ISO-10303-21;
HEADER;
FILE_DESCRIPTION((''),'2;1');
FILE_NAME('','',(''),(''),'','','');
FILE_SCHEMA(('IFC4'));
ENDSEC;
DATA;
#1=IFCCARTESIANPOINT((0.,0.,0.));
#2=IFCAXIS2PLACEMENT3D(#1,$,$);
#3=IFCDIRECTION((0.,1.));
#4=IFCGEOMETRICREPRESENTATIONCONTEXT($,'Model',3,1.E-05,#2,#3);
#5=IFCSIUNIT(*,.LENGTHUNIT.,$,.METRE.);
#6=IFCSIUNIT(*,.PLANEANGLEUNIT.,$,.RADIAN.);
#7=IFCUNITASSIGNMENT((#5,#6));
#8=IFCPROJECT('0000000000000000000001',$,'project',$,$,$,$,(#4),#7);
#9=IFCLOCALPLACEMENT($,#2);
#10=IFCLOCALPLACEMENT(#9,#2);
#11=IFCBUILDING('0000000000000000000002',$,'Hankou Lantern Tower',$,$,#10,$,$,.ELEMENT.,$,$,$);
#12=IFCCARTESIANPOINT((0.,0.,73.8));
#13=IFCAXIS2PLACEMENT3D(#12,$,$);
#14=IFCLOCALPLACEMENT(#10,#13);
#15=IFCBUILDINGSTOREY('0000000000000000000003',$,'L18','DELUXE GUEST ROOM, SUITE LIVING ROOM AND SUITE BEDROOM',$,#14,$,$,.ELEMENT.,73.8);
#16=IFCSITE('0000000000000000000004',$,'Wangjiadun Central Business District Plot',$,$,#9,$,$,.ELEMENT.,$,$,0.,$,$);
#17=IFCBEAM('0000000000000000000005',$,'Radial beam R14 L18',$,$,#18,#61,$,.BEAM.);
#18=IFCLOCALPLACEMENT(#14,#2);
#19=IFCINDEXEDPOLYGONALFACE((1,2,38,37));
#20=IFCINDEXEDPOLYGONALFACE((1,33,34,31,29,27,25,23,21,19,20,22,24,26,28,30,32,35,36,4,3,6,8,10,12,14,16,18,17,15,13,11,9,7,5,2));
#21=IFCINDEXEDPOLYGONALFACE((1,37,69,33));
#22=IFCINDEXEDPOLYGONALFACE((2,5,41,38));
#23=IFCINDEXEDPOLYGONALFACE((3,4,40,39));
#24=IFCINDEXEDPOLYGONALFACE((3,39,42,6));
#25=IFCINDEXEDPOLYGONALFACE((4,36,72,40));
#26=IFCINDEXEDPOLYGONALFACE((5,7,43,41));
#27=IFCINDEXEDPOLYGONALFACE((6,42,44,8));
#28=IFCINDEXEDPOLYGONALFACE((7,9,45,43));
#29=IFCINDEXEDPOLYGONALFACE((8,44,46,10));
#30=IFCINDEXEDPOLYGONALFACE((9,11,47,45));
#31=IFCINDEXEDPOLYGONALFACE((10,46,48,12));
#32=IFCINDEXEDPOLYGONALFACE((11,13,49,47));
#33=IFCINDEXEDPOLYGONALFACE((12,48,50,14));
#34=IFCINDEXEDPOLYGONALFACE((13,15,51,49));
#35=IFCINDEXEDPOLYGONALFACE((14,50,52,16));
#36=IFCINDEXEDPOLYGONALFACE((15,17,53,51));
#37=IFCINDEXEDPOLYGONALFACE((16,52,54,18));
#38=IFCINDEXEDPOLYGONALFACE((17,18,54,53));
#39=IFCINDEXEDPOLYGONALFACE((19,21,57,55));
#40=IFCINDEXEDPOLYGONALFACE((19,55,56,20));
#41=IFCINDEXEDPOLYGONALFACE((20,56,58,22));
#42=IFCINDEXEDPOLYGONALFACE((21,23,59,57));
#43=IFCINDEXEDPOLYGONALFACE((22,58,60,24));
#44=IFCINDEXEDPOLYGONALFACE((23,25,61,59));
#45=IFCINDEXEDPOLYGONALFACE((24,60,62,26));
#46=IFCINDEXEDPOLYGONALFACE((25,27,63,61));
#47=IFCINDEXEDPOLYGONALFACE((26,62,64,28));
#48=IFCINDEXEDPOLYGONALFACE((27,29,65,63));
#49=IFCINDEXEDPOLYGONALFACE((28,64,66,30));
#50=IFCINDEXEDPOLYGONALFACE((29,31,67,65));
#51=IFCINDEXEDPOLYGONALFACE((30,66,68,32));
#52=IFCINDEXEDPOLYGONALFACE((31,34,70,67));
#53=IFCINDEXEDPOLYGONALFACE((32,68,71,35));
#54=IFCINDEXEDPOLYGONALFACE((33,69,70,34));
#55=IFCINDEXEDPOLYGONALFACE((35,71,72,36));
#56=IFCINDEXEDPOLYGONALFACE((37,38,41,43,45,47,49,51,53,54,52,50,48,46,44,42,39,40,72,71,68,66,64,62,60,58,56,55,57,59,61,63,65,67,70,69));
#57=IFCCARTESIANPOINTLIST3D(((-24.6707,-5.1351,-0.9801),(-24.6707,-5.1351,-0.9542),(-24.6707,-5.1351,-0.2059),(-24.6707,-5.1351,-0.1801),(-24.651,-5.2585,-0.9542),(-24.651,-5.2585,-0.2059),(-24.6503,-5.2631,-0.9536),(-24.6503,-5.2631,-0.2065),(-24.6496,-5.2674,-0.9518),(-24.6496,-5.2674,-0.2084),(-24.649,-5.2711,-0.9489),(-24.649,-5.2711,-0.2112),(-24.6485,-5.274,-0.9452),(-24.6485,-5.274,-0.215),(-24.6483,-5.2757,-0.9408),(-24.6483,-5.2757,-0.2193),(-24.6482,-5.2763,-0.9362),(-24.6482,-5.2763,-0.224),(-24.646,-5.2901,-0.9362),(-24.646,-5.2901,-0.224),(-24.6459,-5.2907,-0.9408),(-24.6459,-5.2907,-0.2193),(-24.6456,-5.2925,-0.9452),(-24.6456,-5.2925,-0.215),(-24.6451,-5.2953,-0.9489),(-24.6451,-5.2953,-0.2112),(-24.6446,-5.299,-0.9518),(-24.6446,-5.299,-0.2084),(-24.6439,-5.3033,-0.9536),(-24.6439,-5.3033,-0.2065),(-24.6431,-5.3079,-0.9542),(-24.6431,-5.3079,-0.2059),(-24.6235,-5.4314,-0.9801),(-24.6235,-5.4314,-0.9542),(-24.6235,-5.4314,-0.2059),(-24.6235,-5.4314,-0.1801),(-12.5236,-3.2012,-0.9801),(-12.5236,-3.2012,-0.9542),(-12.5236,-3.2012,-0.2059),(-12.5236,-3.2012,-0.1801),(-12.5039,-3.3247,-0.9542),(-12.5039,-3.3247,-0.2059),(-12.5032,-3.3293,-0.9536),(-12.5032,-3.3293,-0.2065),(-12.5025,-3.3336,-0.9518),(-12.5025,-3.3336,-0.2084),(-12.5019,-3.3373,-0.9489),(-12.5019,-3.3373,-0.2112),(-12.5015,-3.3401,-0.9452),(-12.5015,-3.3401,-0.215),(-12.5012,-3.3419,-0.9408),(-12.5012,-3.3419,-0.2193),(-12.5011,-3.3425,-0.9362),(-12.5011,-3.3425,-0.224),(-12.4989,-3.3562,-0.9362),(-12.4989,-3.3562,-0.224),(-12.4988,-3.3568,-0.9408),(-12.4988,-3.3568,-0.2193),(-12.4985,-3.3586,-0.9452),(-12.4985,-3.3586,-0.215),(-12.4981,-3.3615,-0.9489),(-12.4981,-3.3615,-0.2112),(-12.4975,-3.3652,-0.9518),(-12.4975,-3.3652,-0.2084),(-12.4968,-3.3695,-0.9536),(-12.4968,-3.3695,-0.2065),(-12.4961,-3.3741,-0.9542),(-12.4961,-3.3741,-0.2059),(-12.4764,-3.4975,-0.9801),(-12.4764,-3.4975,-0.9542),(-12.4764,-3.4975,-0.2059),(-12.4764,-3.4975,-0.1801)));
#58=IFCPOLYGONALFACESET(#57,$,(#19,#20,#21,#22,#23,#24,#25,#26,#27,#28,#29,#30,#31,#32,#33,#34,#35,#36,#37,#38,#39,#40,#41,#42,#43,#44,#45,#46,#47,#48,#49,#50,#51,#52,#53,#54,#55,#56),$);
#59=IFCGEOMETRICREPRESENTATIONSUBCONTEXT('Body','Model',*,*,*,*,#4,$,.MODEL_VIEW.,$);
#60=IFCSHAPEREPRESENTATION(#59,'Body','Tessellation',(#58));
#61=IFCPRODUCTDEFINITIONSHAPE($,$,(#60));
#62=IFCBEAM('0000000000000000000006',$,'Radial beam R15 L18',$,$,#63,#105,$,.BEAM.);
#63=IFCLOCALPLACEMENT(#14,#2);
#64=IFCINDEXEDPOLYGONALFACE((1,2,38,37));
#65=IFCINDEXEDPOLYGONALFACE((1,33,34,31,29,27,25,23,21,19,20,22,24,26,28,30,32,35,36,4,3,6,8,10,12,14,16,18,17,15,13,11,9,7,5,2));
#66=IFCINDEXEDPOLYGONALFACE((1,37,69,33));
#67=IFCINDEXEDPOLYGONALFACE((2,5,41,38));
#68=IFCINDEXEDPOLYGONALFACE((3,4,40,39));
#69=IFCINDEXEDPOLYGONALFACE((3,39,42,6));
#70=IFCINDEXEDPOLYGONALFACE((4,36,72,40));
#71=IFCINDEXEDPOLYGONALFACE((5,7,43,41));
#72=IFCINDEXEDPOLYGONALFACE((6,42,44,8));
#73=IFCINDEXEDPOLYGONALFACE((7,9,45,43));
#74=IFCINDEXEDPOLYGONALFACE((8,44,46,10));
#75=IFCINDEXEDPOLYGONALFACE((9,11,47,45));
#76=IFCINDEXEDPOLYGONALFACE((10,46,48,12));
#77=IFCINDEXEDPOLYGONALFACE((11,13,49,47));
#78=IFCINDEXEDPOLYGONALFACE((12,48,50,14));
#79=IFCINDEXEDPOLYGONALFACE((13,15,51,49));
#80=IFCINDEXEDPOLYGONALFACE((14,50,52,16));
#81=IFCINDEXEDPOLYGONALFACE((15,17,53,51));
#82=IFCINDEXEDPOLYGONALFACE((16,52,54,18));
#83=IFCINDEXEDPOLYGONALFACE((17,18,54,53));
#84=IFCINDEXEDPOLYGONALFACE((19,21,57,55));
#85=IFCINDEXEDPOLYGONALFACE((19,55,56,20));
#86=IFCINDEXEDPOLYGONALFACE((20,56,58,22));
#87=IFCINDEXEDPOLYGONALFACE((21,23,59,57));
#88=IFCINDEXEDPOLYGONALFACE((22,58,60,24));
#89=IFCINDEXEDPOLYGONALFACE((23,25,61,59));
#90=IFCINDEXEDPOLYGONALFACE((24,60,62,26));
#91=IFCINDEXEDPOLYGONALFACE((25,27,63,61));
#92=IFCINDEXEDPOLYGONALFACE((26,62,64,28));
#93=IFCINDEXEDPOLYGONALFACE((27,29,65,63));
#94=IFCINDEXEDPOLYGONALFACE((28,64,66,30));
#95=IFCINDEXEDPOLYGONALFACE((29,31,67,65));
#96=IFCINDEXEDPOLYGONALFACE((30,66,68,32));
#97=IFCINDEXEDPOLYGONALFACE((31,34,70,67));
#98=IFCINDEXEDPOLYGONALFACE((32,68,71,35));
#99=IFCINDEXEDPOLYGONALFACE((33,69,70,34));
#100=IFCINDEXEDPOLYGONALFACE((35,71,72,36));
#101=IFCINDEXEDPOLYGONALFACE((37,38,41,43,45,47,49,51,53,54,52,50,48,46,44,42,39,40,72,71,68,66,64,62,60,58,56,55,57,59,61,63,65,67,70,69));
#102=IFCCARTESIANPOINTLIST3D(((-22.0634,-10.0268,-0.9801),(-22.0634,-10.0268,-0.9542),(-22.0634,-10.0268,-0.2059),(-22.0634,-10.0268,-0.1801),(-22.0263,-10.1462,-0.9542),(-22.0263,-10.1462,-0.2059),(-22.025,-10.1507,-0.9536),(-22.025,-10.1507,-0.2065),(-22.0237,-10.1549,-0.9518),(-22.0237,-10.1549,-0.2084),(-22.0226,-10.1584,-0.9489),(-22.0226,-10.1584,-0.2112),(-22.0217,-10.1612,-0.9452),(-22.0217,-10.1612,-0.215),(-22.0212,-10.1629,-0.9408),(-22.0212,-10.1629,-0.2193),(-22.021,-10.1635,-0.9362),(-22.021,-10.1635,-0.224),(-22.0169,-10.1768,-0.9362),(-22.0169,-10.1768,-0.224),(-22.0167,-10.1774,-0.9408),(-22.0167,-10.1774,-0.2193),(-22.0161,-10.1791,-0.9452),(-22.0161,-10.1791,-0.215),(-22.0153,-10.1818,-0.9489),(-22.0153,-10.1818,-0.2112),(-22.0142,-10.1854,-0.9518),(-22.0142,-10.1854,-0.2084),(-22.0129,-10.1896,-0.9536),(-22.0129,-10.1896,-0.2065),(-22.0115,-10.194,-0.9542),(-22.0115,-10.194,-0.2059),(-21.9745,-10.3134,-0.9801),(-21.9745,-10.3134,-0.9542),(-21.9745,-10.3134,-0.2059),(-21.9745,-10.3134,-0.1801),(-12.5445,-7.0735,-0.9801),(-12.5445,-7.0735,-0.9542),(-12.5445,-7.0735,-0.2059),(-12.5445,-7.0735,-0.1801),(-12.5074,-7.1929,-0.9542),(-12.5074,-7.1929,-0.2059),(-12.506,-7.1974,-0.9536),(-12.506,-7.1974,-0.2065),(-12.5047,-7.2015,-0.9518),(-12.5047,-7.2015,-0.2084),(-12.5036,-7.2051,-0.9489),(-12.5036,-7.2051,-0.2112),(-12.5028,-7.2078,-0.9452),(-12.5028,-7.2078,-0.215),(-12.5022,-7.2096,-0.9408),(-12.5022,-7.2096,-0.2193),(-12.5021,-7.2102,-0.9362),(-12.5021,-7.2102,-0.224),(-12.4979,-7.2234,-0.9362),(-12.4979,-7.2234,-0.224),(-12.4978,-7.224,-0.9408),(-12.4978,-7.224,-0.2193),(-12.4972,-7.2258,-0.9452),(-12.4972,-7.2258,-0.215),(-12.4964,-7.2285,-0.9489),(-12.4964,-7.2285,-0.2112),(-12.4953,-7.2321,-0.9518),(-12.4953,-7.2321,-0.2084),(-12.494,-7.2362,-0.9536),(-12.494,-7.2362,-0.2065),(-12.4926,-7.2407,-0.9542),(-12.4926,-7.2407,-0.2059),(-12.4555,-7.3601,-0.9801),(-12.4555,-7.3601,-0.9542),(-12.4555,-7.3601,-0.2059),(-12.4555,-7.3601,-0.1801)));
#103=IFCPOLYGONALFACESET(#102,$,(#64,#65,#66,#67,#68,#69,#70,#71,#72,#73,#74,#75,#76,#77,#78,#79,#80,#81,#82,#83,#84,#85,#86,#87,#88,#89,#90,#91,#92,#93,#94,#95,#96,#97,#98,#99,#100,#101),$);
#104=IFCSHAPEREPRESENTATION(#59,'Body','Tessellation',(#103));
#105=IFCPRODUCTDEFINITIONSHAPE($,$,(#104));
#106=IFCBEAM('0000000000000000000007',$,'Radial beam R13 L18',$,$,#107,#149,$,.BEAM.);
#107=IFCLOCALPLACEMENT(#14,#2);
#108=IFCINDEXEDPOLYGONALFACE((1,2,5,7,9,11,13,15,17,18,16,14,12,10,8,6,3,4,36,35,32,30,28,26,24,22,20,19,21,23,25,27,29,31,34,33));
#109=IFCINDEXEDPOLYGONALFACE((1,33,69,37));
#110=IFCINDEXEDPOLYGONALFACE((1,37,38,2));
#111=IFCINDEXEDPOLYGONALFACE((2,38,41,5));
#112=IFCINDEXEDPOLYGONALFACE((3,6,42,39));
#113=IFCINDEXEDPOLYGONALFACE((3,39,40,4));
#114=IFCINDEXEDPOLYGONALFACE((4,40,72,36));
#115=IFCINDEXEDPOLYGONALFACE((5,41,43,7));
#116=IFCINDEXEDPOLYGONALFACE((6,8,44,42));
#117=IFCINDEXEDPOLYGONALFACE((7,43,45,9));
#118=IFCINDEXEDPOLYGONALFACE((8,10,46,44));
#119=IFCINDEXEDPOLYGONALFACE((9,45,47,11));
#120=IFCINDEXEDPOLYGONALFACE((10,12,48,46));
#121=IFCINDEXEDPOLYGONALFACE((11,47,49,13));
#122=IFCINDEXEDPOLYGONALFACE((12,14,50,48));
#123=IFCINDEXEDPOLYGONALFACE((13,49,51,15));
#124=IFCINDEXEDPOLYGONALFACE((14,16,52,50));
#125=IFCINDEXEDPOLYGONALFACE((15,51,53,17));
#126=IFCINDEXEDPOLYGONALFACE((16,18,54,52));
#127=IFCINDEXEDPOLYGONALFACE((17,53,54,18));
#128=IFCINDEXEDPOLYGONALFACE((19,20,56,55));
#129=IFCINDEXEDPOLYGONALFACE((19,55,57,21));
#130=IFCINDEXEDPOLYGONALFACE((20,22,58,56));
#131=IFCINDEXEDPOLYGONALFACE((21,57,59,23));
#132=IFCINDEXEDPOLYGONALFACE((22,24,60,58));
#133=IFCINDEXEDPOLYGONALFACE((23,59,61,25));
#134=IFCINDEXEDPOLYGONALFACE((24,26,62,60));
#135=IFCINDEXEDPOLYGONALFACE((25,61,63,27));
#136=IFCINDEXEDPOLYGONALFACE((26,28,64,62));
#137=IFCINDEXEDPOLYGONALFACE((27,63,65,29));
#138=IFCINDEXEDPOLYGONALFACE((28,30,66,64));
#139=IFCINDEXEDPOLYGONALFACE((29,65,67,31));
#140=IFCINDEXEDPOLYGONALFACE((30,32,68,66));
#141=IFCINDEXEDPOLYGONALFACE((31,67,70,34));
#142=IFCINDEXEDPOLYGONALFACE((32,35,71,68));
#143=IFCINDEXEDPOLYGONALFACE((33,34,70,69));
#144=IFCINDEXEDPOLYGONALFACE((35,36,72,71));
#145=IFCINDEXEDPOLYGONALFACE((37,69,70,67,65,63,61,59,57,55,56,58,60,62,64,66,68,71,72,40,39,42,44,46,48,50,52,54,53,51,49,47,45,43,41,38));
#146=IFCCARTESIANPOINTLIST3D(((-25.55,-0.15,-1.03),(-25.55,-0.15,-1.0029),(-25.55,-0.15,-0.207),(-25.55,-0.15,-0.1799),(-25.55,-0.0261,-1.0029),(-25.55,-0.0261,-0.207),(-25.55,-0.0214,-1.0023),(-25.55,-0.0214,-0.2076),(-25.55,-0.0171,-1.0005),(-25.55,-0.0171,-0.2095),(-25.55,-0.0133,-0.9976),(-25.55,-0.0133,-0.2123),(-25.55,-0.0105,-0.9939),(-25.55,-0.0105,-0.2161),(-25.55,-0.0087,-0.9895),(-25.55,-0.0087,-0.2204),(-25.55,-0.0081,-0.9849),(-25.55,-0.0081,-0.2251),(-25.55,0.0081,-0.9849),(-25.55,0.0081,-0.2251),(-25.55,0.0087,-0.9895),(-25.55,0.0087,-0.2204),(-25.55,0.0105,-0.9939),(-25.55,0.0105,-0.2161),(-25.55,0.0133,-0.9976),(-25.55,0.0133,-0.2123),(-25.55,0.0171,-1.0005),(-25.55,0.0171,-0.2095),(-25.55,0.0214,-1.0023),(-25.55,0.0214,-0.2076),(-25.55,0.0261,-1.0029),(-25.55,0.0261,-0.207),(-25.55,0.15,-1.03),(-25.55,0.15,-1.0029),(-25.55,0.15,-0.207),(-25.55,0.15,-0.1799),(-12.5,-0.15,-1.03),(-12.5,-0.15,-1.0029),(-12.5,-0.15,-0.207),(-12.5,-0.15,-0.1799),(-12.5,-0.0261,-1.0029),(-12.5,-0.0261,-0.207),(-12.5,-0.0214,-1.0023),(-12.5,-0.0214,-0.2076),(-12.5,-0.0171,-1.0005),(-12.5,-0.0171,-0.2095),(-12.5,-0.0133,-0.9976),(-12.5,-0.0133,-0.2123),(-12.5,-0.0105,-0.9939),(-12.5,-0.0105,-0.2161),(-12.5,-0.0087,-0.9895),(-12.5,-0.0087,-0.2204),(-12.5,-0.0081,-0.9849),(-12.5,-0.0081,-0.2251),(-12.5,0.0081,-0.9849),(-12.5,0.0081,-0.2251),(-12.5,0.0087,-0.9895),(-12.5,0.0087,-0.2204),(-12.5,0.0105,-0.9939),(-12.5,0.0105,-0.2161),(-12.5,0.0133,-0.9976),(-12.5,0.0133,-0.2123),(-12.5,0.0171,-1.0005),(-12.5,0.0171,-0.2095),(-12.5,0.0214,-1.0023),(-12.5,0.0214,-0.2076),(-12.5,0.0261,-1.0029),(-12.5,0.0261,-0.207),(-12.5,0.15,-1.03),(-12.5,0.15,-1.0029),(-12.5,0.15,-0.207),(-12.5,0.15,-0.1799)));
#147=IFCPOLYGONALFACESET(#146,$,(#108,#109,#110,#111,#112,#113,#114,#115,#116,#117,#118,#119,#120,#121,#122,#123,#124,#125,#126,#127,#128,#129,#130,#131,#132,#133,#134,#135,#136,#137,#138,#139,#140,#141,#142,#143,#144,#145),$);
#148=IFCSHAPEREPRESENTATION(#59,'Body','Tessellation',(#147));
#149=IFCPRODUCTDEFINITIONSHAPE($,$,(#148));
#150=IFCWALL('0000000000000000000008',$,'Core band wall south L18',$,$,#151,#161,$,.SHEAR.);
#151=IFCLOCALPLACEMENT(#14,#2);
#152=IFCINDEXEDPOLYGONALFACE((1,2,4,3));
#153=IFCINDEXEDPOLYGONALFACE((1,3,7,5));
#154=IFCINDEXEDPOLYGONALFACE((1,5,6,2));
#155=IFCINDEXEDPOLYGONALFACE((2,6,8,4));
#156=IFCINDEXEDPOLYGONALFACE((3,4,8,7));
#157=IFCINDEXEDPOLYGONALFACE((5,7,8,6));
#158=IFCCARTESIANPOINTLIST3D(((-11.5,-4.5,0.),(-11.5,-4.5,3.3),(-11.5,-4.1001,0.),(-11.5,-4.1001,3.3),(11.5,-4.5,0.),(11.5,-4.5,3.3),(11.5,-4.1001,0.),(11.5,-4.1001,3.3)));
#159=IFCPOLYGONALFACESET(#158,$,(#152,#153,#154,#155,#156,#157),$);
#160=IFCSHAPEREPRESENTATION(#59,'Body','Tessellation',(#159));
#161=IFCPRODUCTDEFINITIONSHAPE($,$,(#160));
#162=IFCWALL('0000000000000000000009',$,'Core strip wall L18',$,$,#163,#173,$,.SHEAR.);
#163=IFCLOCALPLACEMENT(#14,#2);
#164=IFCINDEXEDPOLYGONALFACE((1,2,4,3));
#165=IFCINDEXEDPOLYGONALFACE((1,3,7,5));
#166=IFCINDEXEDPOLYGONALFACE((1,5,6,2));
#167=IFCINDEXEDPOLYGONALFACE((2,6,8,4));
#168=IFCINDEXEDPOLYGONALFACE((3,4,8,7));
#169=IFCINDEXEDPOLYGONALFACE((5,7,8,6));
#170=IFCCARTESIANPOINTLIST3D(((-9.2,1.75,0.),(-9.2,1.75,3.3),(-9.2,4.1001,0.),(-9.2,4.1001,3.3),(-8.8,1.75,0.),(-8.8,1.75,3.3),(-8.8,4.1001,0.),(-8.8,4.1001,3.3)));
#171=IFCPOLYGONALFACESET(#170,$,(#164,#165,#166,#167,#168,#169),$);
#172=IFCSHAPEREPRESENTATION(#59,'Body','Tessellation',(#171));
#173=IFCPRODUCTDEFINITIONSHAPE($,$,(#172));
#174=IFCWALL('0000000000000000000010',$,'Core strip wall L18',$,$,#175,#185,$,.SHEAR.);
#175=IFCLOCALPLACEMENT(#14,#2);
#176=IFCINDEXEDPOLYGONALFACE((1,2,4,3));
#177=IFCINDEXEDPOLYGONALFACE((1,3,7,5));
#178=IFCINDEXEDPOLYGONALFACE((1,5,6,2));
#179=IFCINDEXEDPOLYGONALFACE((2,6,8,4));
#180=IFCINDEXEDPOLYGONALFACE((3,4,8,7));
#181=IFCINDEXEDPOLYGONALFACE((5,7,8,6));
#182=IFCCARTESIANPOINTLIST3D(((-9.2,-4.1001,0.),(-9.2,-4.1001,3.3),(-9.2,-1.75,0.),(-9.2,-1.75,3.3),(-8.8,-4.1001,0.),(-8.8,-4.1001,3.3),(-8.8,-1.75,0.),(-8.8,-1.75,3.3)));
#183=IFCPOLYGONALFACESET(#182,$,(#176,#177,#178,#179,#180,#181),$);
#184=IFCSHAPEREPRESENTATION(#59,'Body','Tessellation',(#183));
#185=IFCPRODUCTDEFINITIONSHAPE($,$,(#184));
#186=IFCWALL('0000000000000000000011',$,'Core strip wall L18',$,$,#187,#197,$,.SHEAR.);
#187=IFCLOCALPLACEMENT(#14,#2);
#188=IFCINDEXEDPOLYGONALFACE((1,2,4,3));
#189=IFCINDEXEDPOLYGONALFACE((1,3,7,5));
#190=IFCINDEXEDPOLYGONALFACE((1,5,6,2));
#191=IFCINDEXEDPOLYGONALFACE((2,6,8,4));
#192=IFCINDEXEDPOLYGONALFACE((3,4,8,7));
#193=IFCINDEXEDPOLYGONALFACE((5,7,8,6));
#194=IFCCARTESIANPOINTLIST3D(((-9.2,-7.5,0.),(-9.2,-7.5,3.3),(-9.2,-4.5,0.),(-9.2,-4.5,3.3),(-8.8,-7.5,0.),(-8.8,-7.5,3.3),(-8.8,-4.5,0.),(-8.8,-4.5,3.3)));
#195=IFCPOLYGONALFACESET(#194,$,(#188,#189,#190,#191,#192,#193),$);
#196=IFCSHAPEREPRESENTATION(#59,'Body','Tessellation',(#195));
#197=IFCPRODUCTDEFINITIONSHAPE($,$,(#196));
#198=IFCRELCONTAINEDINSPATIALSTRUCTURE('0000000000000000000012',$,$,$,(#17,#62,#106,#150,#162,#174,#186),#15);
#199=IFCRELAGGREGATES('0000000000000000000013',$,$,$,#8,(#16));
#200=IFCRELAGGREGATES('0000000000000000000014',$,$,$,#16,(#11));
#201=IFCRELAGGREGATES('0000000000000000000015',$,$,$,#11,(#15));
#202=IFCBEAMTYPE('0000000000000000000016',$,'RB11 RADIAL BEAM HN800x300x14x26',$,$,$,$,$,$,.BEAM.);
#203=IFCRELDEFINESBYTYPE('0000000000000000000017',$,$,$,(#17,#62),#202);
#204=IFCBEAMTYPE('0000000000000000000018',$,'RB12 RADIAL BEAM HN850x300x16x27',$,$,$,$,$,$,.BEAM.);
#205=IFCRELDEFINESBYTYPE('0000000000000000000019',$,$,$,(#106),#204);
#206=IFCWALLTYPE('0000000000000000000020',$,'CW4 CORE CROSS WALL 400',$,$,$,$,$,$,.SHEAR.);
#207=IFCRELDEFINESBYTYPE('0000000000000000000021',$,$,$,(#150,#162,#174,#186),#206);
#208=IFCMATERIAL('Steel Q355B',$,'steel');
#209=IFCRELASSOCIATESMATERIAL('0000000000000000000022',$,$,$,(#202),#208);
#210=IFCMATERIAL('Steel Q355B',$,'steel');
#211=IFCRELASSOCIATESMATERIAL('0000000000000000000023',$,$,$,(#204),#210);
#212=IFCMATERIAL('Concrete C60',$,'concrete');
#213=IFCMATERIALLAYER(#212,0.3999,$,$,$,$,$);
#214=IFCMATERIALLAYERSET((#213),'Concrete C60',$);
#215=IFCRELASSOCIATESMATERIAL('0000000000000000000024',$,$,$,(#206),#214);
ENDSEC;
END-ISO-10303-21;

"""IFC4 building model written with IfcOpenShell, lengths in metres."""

from ifc_helpers import new_model, si_unit, direction, frame, frame_2d, origin, origin_2d, place, context, subcontext, project, spatial, rectangle, i_section, extrude, material, layer, layer_set, material_profile, profile_set, type_object, element, save


model = new_model("IFC4")

# Units and contexts
model_context = context("Model", 3, precision=1e-05, world=origin(), true_north=direction((0.0, 1.0)))
body_context = subcontext(model_context, "Body", "Model", "MODEL_VIEW")
ifc_project = project(units=[si_unit("LENGTHUNIT", "METRE"), si_unit("PLANEANGLEUNIT", "RADIAN")], contexts=[model_context])

# Site, building, storey
site_placement = place(None, origin())
site = spatial("IfcSite", under=ifc_project, at=site_placement, Name="Wangjiadun Central Business District Plot", CompositionType="ELEMENT", RefElevation=0.0)
building_placement = place(site_placement, origin())
building = spatial("IfcBuilding", under=site, at=building_placement, Name="Hankou Lantern Tower", CompositionType="ELEMENT")
storey_placement = place(building_placement, frame((0.0, 0.0, 73.8)))
storey = spatial("IfcBuildingStorey", under=building, at=storey_placement, Name="L18", Description="DELUXE GUEST ROOM, SUITE LIVING ROOM AND SUITE BEDROOM", CompositionType="ELEMENT", Elevation=73.8)

# Beams
ifc_material_1 = material(Name="Steel Q355B", Category="steel")
ifc_material_profile_1 = material_profile(ifc_material_1, i_section(OverallWidth=0.3, OverallDepth=0.8, WebThickness=0.0139, FlangeThickness=0.0259, FilletRadius=0.0181, at=origin_2d()), Name="HN800x300x14x26")
ifc_profile_set_1 = profile_set([ifc_material_profile_1], Name="Steel Q355B")
beam_type_1 = type_object("IfcBeamType", Name="RB11 RADIAL BEAM HN800x300x14x26", PredefinedType="BEAM", material=ifc_profile_set_1)
beam_1_placement = place(storey_placement, frame((-12.5, -3.3494, -0.5801), z_axis=(-0.987563, -0.157223, 0.0), x_axis=(0.157223, -0.987563, 0.0)))
element("IfcBeam", 1, at=beam_1_placement, inside=storey, type_object=beam_type_1, Name="Radial beam R14 L18", PredefinedType="BEAM", context=body_context, shape_type="SweptSolid", body=[
    extrude(i_section(OverallWidth=0.3, OverallDepth=0.8, WebThickness=0.0139, FlangeThickness=0.0259, FilletRadius=0.0181, at=origin_2d()), origin(), (0.0, 0.0, 1.0), 12.3),
])
beam_2_placement = place(storey_placement, frame((-12.5, -7.2168, -0.5801), z_axis=(-0.955087, -0.296324, 0.0), x_axis=(0.296324, -0.955087, 0.0)))
element("IfcBeam", 2, at=beam_2_placement, inside=storey, type_object=beam_type_1, Name="Radial beam R15 L18", PredefinedType="BEAM", context=body_context, shape_type="SweptSolid", body=[
    extrude(i_section(OverallWidth=0.3, OverallDepth=0.8, WebThickness=0.0139, FlangeThickness=0.0259, FilletRadius=0.0181, at=origin_2d()), origin(), (0.0, 0.0, 1.0), 9.9666),
])
ifc_material_2 = material(Name="Steel Q355B", Category="steel")
ifc_material_profile_2 = material_profile(ifc_material_2, i_section(OverallWidth=0.3, OverallDepth=0.8501, WebThickness=0.0161, FlangeThickness=0.0271, FilletRadius=0.0181, at=origin_2d()), Name="HN850x300x16x27")
ifc_profile_set_2 = profile_set([ifc_material_profile_2], Name="Steel Q355B")
beam_type_2 = type_object("IfcBeamType", Name="RB12 RADIAL BEAM HN850x300x16x27", PredefinedType="BEAM", material=ifc_profile_set_2)
beam_3_placement = place(storey_placement, frame((-12.5, 0.0, -0.605), z_axis=(-1.0, 0.0, 0.0), x_axis=(0.0, -1.0, 0.0)))
element("IfcBeam", 3, at=beam_3_placement, inside=storey, type_object=beam_type_2, Name="Radial beam R13 L18", PredefinedType="BEAM", context=body_context, shape_type="SweptSolid", body=[
    extrude(i_section(OverallWidth=0.3, OverallDepth=0.8501, WebThickness=0.0161, FlangeThickness=0.0271, FilletRadius=0.0181, at=origin_2d()), origin(), (0.0, 0.0, 1.0), 13.05),
])

# Walls
ifc_material_3 = material(Name="Concrete C60", Category="concrete")
ifc_layer_1 = layer(ifc_material_3, 0.3999)
ifc_layer_set_1 = layer_set([ifc_layer_1], Name="Concrete C60")
wall_type_1 = type_object("IfcWallType", Name="CW4 CORE CROSS WALL 400", PredefinedType="SHEAR", material=ifc_layer_set_1)
wall_1_placement = place(storey_placement, frame((-11.5, -4.3, 0.0), z_axis=(0.0, 0.0, 1.0), x_axis=(1.0, 0.0, 0.0)))
element("IfcWall", 4, at=wall_1_placement, inside=storey, type_object=wall_type_1, Name="Core band wall south L18", PredefinedType="SHEAR", context=body_context, shape_type="SweptSolid", body=[
    extrude(rectangle(XDim=23.0, YDim=0.3999, at=frame_2d((11.5, 0.0))), origin(), (0.0, 0.0, 1.0), 3.3),
])
for number, where, z_axis, x_axis, name in (
    (5, (-9.0, 1.75, 0.0), (0.0, 0.0, 1.0), (0.0, 1.0, 0.0), "Core strip wall L18"),
    (6, (-9.0, -4.1001, 0.0), (0.0, 0.0, 1.0), (0.0, 1.0, 0.0), "Core strip wall L18"),
):
    element("IfcWall", number, at=place(storey_placement, frame(where, z_axis=z_axis, x_axis=x_axis)), inside=storey, type_object=wall_type_1, Name=name, PredefinedType="SHEAR", context=body_context, shape_type="SweptSolid", body=[
        extrude(rectangle(XDim=2.3501, YDim=0.3999, at=frame_2d((1.175, 0.0))), origin(), (0.0, 0.0, 1.0), 3.3),
    ])
wall_2_placement = place(storey_placement, frame((-9.0, -7.5, 0.0), z_axis=(0.0, 0.0, 1.0), x_axis=(0.0, 1.0, 0.0)))
element("IfcWall", 7, at=wall_2_placement, inside=storey, type_object=wall_type_1, Name="Core strip wall L18", PredefinedType="SHEAR", context=body_context, shape_type="SweptSolid", body=[
    extrude(rectangle(XDim=3.0, YDim=0.3999, at=frame_2d((1.5, 0.0))), origin(), (0.0, 0.0, 1.0), 3.3),
])

save(model, "model.ifc")
